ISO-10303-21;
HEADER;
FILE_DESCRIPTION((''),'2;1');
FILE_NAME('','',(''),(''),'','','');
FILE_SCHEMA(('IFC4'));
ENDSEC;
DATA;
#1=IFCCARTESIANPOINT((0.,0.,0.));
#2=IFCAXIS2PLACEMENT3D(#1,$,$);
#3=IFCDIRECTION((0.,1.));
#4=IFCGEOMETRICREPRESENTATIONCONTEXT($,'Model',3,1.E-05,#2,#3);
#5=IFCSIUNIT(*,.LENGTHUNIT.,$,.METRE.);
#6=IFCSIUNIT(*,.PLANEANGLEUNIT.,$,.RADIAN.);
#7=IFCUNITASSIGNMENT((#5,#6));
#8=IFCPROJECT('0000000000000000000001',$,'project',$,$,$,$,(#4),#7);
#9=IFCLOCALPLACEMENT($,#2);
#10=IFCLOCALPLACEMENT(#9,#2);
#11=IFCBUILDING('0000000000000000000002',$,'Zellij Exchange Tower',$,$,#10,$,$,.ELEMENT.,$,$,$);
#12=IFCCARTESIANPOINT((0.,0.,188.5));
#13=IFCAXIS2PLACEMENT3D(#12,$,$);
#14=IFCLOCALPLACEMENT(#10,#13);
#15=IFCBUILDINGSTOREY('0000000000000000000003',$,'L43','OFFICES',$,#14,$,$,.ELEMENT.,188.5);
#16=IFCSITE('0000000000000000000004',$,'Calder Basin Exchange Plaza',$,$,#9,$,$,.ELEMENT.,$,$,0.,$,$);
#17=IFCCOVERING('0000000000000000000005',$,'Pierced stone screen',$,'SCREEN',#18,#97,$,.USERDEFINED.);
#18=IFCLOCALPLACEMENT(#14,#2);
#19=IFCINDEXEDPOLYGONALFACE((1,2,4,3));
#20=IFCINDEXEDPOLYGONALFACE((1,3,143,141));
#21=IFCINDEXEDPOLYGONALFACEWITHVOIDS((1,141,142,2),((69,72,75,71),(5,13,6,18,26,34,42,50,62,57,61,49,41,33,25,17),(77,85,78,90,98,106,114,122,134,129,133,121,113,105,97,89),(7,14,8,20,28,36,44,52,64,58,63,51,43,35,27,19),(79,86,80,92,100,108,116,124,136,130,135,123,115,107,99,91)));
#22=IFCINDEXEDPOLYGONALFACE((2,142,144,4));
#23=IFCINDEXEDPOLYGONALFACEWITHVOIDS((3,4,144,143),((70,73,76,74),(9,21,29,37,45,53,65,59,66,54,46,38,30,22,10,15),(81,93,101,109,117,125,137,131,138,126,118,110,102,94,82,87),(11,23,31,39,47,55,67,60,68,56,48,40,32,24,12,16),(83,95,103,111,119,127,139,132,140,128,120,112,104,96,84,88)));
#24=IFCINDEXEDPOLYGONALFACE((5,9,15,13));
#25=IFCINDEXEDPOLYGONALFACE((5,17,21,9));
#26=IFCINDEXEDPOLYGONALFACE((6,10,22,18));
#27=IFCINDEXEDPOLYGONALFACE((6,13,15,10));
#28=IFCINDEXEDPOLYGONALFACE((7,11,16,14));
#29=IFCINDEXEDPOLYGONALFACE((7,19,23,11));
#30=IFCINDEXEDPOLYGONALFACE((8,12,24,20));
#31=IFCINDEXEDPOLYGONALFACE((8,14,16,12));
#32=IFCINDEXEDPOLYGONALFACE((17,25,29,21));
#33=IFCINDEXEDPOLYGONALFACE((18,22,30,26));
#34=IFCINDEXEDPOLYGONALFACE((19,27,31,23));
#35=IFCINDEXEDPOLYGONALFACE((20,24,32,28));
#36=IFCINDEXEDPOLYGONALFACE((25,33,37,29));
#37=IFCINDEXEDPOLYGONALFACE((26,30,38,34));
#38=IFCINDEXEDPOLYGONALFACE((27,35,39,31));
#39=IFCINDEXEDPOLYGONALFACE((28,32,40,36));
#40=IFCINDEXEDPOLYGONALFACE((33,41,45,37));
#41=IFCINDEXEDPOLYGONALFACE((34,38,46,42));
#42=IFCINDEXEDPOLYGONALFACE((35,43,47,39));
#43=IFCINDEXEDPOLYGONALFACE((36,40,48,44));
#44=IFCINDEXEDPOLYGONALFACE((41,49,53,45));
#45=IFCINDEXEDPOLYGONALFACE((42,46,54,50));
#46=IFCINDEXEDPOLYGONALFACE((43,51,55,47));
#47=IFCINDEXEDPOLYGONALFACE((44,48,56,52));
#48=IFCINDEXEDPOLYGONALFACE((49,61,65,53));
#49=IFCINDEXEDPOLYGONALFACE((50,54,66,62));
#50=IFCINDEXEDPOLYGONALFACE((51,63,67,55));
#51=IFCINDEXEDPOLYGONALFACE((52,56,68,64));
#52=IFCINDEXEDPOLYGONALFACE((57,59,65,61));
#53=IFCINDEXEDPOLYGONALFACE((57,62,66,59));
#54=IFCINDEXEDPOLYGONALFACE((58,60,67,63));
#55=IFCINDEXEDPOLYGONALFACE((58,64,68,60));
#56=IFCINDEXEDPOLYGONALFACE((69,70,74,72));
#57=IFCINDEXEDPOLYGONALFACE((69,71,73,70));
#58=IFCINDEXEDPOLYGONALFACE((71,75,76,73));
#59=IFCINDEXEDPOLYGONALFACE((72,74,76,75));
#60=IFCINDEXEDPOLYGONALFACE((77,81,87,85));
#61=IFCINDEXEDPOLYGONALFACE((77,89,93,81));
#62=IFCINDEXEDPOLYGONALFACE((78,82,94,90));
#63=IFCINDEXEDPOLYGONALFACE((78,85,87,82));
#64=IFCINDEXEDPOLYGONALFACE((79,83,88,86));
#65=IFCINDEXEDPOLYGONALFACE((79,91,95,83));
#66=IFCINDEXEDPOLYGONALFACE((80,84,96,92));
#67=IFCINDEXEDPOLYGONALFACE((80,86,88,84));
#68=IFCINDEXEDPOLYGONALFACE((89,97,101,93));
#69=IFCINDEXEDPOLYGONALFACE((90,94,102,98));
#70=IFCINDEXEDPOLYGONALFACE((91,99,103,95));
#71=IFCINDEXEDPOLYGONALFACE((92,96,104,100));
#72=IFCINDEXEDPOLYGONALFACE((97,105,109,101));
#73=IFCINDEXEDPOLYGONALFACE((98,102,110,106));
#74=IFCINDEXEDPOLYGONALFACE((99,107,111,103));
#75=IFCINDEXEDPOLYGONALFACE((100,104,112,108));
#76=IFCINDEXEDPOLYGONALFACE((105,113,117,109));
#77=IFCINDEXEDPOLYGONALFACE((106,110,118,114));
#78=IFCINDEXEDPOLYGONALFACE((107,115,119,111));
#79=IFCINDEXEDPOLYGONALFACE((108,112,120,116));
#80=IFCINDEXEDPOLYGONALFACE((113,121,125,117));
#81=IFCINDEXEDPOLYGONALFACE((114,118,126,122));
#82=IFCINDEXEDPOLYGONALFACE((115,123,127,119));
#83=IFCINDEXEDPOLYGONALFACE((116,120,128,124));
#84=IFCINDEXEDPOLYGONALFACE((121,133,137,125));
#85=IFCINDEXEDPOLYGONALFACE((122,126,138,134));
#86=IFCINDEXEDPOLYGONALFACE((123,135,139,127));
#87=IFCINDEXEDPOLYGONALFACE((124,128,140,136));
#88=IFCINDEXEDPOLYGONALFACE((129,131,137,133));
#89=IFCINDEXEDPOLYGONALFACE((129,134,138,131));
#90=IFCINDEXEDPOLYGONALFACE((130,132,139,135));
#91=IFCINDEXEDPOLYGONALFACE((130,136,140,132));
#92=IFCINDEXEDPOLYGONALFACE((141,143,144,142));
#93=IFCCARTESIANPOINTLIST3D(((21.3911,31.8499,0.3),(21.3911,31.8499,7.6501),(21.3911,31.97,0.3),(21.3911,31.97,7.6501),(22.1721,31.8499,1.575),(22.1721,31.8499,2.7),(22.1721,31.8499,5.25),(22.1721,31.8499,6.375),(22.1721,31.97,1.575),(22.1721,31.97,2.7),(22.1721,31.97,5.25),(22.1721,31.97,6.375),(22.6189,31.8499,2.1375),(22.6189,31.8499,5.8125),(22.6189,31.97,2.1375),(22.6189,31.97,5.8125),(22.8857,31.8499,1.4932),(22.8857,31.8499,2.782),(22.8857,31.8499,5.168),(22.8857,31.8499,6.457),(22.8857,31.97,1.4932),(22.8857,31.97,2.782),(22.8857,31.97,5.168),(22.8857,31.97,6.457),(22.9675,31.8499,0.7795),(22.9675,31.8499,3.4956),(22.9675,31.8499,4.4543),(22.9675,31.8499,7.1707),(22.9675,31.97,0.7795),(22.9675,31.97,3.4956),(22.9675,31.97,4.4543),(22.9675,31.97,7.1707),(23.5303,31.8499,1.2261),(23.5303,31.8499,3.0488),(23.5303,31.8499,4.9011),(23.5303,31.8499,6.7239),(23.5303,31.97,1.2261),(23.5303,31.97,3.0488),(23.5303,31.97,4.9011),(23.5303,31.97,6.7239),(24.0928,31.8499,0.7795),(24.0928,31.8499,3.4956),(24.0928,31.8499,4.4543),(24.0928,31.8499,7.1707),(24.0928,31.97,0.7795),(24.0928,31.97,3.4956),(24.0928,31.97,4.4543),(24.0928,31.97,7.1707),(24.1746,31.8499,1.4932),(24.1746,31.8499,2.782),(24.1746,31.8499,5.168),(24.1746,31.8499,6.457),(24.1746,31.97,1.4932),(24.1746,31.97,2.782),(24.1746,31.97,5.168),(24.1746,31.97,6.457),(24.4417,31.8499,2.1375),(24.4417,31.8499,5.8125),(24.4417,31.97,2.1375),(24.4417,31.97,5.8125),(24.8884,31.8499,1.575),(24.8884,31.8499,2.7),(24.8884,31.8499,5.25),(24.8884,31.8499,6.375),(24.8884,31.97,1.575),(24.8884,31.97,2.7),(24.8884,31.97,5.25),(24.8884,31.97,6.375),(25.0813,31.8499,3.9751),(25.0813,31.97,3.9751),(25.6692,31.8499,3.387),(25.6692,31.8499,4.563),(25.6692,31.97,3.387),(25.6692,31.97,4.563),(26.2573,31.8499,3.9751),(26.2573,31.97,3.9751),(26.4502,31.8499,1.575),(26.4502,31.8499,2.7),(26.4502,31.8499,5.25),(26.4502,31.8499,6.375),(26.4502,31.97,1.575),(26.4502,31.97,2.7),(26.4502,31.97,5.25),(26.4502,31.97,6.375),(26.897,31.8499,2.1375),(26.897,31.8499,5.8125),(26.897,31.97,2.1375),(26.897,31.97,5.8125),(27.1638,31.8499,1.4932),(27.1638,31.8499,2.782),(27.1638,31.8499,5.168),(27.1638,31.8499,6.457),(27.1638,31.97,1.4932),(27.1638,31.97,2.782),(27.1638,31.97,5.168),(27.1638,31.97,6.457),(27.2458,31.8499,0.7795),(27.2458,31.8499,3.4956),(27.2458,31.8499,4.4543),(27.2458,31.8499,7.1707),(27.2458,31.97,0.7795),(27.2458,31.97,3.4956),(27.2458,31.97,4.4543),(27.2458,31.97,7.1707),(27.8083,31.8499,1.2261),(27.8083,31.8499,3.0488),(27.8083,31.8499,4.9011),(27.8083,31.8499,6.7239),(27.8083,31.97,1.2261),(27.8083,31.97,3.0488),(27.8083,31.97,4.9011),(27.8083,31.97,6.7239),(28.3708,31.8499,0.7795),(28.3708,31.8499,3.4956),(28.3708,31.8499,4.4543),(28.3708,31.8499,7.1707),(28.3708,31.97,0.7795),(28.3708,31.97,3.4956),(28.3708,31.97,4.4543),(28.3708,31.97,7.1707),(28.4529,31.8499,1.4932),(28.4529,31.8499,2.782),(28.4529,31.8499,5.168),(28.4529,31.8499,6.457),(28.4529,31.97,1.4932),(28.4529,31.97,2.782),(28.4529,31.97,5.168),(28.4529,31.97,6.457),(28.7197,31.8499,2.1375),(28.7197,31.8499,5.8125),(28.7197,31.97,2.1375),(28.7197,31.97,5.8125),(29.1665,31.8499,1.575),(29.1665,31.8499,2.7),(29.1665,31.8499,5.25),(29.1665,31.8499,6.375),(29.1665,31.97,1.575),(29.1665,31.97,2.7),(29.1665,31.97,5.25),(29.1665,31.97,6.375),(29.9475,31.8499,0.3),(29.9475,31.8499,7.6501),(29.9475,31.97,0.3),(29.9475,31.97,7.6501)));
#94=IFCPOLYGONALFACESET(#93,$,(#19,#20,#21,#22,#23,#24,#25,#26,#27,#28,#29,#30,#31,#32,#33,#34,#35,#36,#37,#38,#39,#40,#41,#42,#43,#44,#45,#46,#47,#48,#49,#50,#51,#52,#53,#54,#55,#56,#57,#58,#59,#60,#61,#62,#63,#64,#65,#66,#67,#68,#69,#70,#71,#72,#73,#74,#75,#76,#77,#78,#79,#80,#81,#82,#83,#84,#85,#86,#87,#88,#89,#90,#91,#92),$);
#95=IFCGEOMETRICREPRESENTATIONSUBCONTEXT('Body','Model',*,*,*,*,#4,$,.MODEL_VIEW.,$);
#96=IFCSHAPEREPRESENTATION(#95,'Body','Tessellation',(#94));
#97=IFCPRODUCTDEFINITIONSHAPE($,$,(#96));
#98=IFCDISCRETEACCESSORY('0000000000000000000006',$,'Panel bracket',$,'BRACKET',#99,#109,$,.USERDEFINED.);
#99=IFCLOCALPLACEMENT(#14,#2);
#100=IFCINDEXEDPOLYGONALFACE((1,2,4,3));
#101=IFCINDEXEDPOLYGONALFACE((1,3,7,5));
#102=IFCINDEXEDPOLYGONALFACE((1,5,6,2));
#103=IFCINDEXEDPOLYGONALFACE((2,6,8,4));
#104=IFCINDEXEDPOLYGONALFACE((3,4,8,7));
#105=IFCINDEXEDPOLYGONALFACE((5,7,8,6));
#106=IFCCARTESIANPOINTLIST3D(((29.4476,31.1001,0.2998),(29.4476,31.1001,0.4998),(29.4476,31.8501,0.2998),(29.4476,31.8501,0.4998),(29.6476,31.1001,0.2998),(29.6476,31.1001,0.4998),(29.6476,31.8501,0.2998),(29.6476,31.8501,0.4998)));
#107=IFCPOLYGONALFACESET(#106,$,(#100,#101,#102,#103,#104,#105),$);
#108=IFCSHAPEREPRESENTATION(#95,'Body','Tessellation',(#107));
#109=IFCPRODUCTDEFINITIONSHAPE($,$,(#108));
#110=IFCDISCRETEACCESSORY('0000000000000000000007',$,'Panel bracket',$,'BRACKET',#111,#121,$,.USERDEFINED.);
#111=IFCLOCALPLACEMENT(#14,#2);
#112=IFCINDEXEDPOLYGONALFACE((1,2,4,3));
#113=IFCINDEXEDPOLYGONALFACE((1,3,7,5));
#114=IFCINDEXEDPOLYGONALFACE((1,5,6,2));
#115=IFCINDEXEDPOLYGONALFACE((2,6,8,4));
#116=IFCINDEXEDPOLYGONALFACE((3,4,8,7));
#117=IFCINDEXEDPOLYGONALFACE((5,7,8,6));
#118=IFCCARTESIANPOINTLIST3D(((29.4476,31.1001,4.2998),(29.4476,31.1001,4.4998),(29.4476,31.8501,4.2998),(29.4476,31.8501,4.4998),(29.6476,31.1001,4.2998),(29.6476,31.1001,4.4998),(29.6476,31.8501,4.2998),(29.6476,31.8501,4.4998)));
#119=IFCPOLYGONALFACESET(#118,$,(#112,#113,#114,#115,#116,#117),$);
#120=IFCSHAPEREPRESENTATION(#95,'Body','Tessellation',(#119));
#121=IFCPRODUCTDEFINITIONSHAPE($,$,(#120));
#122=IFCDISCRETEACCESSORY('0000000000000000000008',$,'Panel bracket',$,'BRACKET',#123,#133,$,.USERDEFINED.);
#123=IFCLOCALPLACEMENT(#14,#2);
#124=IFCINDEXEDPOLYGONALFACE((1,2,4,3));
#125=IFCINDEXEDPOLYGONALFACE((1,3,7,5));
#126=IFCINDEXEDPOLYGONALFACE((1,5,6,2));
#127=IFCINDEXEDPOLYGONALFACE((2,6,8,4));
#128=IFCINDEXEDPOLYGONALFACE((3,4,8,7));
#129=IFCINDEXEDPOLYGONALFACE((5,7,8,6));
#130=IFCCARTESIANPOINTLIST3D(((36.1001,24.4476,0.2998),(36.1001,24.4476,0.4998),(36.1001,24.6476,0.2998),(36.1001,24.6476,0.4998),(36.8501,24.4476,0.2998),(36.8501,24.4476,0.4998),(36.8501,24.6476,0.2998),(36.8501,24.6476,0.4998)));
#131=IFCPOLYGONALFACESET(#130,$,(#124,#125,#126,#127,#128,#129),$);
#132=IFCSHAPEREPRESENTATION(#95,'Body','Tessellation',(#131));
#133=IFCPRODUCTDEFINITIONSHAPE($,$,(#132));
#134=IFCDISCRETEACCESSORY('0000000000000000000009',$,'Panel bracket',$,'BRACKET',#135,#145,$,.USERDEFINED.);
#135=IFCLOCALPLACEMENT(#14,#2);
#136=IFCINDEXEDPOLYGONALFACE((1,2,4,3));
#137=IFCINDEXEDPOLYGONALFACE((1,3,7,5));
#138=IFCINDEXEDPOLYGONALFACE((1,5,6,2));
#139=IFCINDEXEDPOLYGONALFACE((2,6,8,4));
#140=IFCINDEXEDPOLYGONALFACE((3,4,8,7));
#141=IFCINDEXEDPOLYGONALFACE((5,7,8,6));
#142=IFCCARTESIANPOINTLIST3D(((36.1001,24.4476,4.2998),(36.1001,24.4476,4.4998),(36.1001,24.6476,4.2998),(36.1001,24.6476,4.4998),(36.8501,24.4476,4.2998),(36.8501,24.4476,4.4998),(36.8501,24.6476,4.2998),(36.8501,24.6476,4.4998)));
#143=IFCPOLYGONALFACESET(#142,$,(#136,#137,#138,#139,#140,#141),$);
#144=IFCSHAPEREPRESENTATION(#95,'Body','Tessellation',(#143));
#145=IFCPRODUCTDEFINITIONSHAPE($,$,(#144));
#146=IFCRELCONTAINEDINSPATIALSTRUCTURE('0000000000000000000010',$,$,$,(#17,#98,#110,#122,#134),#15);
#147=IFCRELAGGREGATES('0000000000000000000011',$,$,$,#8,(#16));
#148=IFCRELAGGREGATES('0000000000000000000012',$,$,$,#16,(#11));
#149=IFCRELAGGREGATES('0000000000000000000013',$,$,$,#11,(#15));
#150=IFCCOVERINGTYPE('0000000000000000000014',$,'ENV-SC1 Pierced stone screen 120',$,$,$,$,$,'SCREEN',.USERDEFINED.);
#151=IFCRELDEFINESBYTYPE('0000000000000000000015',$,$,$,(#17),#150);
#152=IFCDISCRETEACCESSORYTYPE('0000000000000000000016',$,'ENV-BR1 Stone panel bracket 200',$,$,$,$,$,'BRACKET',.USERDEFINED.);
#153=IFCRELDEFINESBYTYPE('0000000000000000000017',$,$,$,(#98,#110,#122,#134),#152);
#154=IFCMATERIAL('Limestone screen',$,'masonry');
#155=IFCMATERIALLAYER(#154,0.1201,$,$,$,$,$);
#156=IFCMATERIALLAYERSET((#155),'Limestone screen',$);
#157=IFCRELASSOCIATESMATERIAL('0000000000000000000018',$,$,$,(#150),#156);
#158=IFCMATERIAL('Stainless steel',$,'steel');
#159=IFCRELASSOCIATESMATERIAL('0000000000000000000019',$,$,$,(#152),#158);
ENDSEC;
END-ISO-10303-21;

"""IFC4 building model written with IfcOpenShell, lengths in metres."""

from ifc_helpers import new_model, si_unit, direction, frame, origin, origin_2d, place, context, subcontext, project, spatial, polyline, rectangle, outline, extrude, material, layer, layer_set, type_object, element, save


model = new_model("IFC4")

# Units and contexts
model_context = context("Model", 3, precision=1e-05, world=origin(), true_north=direction((0.0, 1.0)))
body_context = subcontext(model_context, "Body", "Model", "MODEL_VIEW")
ifc_project = project(units=[si_unit("LENGTHUNIT", "METRE"), si_unit("PLANEANGLEUNIT", "RADIAN")], contexts=[model_context])

# Site, building, storey
site_placement = place(None, origin())
site = spatial("IfcSite", under=ifc_project, at=site_placement, Name="Calder Basin Exchange Plaza", CompositionType="ELEMENT", RefElevation=0.0)
building_placement = place(site_placement, origin())
building = spatial("IfcBuilding", under=site, at=building_placement, Name="Zellij Exchange Tower", CompositionType="ELEMENT")
storey_placement = place(building_placement, frame((0.0, 0.0, 188.5)))
storey = spatial("IfcBuildingStorey", under=building, at=storey_placement, Name="L43", Description="OFFICES", CompositionType="ELEMENT", Elevation=188.5)

# Covering
ifc_material_1 = material(Name="Limestone screen", Category="masonry")
ifc_layer_1 = layer(ifc_material_1, 0.1201)
ifc_layer_set_1 = layer_set([ifc_layer_1], Name="Limestone screen")
covering_type = type_object("IfcCoveringType", Name="ENV-SC1 Pierced stone screen 120", ElementType="SCREEN", PredefinedType="USERDEFINED", material=ifc_layer_set_1)
covering_placement = place(storey_placement, frame((29.9475, 31.9099, 0.3), z_axis=(0.0, 0.0, 1.0), x_axis=(-1.0, 0.0, 0.0)))
element("IfcCovering", 1, at=covering_placement, inside=storey, type_object=covering_type, Name="Pierced stone screen", ObjectType="SCREEN", PredefinedType="USERDEFINED", context=body_context, shape_type="SweptSolid", body=[
    extrude(outline(polyline([(0.0, 0.0), (8.5564, 0.0), (8.5564, 7.3501), (0.0, 7.3501), (0.0, 0.0)]), holes=[polyline([(3.4973, 2.3999), (2.7837, 2.4819), (2.7017, 3.1956), (2.1392, 2.7488), (1.5767, 3.1956), (1.4946, 2.4819), (0.781, 2.3999), (1.2278, 1.8374), (0.781, 1.2749), (1.4946, 1.1931), (1.5767, 0.4795), (2.1392, 0.926), (2.7017, 0.4795), (2.7837, 1.1931), (3.4973, 1.2749), (3.0505, 1.8374), (3.4973, 2.3999)]), polyline([(3.4973, 6.075), (2.7837, 6.157), (2.7017, 6.8706), (2.1392, 6.4238), (1.5767, 6.8706), (1.4946, 6.157), (0.781, 6.075), (1.2278, 5.5125), (0.781, 4.95), (1.4946, 4.8679), (1.5767, 4.1543), (2.1392, 4.6011), (2.7017, 4.1543), (2.7837, 4.8679), (3.4973, 4.95), (3.0505, 5.5125), (3.4973, 6.075)]), polyline([(7.7754, 2.3999), (7.0618, 2.4819), (6.98, 3.1956), (6.4172, 2.7488), (5.8547, 3.1956), (5.7729, 2.4819), (5.0591, 2.3999), (5.5059, 1.8374), (5.0591, 1.2749), (5.7729, 1.1931), (5.8547, 0.4795), (6.4172, 0.926), (6.98, 0.4795), (7.0618, 1.1931), (7.7754, 1.2749), (7.3286, 1.8374), (7.7754, 2.3999)]), polyline([(7.7754, 6.075), (7.0618, 6.157), (6.98, 6.8706), (6.4172, 6.4238), (5.8547, 6.8706), (5.7729, 6.157), (5.0591, 6.075), (5.5059, 5.5125), (5.0591, 4.95), (5.7729, 4.8679), (5.8547, 4.1543), (6.4172, 4.6011), (6.98, 4.1543), (7.0618, 4.8679), (7.7754, 4.95), (7.3286, 5.5125), (7.7754, 6.075)]), polyline([(4.8662, 3.675), (4.2783, 4.2629), (3.6902, 3.675), (4.2783, 3.0869), (4.8662, 3.675)])]), frame((0.0, 0.0601, 0.0), z_axis=(0.0, -1.0, 0.0), x_axis=(1.0, 0.0, 0.0)), (0.0, 0.0, 1.0), 0.1201),
])

# Discrete accessories
ifc_material_2 = material(Name="Stainless steel", Category="steel")
discrete_accessory_type = type_object("IfcDiscreteAccessoryType", Name="ENV-BR1 Stone panel bracket 200", ElementType="BRACKET", PredefinedType="USERDEFINED", material=ifc_material_2)
for number, where, z_axis, x_axis, name in (
    (2, (29.5476, 31.4751, 0.2998), (0.0, 0.0, 1.0), (-1.0, 0.0, 0.0), "Panel bracket"),
    (3, (29.5476, 31.4751, 4.2998), (0.0, 0.0, 1.0), (-1.0, 0.0, 0.0), "Panel bracket"),
    (4, (36.4751, 24.5476, 0.2998), (0.0, 0.0, 1.0), (0.0, 1.0, 0.0), "Panel bracket"),
    (5, (36.4751, 24.5476, 4.2998), (0.0, 0.0, 1.0), (0.0, 1.0, 0.0), "Panel bracket"),
):
    element("IfcDiscreteAccessory", number, at=place(storey_placement, frame(where, z_axis=z_axis, x_axis=x_axis)), inside=storey, type_object=discrete_accessory_type, Name=name, ObjectType="BRACKET", PredefinedType="USERDEFINED", context=body_context, shape_type="SweptSolid", body=[
        extrude(rectangle(XDim=0.2, YDim=0.75, at=origin_2d()), origin(), (0.0, 0.0, 1.0), 0.2),
    ])

save(model, "model.ifc")
